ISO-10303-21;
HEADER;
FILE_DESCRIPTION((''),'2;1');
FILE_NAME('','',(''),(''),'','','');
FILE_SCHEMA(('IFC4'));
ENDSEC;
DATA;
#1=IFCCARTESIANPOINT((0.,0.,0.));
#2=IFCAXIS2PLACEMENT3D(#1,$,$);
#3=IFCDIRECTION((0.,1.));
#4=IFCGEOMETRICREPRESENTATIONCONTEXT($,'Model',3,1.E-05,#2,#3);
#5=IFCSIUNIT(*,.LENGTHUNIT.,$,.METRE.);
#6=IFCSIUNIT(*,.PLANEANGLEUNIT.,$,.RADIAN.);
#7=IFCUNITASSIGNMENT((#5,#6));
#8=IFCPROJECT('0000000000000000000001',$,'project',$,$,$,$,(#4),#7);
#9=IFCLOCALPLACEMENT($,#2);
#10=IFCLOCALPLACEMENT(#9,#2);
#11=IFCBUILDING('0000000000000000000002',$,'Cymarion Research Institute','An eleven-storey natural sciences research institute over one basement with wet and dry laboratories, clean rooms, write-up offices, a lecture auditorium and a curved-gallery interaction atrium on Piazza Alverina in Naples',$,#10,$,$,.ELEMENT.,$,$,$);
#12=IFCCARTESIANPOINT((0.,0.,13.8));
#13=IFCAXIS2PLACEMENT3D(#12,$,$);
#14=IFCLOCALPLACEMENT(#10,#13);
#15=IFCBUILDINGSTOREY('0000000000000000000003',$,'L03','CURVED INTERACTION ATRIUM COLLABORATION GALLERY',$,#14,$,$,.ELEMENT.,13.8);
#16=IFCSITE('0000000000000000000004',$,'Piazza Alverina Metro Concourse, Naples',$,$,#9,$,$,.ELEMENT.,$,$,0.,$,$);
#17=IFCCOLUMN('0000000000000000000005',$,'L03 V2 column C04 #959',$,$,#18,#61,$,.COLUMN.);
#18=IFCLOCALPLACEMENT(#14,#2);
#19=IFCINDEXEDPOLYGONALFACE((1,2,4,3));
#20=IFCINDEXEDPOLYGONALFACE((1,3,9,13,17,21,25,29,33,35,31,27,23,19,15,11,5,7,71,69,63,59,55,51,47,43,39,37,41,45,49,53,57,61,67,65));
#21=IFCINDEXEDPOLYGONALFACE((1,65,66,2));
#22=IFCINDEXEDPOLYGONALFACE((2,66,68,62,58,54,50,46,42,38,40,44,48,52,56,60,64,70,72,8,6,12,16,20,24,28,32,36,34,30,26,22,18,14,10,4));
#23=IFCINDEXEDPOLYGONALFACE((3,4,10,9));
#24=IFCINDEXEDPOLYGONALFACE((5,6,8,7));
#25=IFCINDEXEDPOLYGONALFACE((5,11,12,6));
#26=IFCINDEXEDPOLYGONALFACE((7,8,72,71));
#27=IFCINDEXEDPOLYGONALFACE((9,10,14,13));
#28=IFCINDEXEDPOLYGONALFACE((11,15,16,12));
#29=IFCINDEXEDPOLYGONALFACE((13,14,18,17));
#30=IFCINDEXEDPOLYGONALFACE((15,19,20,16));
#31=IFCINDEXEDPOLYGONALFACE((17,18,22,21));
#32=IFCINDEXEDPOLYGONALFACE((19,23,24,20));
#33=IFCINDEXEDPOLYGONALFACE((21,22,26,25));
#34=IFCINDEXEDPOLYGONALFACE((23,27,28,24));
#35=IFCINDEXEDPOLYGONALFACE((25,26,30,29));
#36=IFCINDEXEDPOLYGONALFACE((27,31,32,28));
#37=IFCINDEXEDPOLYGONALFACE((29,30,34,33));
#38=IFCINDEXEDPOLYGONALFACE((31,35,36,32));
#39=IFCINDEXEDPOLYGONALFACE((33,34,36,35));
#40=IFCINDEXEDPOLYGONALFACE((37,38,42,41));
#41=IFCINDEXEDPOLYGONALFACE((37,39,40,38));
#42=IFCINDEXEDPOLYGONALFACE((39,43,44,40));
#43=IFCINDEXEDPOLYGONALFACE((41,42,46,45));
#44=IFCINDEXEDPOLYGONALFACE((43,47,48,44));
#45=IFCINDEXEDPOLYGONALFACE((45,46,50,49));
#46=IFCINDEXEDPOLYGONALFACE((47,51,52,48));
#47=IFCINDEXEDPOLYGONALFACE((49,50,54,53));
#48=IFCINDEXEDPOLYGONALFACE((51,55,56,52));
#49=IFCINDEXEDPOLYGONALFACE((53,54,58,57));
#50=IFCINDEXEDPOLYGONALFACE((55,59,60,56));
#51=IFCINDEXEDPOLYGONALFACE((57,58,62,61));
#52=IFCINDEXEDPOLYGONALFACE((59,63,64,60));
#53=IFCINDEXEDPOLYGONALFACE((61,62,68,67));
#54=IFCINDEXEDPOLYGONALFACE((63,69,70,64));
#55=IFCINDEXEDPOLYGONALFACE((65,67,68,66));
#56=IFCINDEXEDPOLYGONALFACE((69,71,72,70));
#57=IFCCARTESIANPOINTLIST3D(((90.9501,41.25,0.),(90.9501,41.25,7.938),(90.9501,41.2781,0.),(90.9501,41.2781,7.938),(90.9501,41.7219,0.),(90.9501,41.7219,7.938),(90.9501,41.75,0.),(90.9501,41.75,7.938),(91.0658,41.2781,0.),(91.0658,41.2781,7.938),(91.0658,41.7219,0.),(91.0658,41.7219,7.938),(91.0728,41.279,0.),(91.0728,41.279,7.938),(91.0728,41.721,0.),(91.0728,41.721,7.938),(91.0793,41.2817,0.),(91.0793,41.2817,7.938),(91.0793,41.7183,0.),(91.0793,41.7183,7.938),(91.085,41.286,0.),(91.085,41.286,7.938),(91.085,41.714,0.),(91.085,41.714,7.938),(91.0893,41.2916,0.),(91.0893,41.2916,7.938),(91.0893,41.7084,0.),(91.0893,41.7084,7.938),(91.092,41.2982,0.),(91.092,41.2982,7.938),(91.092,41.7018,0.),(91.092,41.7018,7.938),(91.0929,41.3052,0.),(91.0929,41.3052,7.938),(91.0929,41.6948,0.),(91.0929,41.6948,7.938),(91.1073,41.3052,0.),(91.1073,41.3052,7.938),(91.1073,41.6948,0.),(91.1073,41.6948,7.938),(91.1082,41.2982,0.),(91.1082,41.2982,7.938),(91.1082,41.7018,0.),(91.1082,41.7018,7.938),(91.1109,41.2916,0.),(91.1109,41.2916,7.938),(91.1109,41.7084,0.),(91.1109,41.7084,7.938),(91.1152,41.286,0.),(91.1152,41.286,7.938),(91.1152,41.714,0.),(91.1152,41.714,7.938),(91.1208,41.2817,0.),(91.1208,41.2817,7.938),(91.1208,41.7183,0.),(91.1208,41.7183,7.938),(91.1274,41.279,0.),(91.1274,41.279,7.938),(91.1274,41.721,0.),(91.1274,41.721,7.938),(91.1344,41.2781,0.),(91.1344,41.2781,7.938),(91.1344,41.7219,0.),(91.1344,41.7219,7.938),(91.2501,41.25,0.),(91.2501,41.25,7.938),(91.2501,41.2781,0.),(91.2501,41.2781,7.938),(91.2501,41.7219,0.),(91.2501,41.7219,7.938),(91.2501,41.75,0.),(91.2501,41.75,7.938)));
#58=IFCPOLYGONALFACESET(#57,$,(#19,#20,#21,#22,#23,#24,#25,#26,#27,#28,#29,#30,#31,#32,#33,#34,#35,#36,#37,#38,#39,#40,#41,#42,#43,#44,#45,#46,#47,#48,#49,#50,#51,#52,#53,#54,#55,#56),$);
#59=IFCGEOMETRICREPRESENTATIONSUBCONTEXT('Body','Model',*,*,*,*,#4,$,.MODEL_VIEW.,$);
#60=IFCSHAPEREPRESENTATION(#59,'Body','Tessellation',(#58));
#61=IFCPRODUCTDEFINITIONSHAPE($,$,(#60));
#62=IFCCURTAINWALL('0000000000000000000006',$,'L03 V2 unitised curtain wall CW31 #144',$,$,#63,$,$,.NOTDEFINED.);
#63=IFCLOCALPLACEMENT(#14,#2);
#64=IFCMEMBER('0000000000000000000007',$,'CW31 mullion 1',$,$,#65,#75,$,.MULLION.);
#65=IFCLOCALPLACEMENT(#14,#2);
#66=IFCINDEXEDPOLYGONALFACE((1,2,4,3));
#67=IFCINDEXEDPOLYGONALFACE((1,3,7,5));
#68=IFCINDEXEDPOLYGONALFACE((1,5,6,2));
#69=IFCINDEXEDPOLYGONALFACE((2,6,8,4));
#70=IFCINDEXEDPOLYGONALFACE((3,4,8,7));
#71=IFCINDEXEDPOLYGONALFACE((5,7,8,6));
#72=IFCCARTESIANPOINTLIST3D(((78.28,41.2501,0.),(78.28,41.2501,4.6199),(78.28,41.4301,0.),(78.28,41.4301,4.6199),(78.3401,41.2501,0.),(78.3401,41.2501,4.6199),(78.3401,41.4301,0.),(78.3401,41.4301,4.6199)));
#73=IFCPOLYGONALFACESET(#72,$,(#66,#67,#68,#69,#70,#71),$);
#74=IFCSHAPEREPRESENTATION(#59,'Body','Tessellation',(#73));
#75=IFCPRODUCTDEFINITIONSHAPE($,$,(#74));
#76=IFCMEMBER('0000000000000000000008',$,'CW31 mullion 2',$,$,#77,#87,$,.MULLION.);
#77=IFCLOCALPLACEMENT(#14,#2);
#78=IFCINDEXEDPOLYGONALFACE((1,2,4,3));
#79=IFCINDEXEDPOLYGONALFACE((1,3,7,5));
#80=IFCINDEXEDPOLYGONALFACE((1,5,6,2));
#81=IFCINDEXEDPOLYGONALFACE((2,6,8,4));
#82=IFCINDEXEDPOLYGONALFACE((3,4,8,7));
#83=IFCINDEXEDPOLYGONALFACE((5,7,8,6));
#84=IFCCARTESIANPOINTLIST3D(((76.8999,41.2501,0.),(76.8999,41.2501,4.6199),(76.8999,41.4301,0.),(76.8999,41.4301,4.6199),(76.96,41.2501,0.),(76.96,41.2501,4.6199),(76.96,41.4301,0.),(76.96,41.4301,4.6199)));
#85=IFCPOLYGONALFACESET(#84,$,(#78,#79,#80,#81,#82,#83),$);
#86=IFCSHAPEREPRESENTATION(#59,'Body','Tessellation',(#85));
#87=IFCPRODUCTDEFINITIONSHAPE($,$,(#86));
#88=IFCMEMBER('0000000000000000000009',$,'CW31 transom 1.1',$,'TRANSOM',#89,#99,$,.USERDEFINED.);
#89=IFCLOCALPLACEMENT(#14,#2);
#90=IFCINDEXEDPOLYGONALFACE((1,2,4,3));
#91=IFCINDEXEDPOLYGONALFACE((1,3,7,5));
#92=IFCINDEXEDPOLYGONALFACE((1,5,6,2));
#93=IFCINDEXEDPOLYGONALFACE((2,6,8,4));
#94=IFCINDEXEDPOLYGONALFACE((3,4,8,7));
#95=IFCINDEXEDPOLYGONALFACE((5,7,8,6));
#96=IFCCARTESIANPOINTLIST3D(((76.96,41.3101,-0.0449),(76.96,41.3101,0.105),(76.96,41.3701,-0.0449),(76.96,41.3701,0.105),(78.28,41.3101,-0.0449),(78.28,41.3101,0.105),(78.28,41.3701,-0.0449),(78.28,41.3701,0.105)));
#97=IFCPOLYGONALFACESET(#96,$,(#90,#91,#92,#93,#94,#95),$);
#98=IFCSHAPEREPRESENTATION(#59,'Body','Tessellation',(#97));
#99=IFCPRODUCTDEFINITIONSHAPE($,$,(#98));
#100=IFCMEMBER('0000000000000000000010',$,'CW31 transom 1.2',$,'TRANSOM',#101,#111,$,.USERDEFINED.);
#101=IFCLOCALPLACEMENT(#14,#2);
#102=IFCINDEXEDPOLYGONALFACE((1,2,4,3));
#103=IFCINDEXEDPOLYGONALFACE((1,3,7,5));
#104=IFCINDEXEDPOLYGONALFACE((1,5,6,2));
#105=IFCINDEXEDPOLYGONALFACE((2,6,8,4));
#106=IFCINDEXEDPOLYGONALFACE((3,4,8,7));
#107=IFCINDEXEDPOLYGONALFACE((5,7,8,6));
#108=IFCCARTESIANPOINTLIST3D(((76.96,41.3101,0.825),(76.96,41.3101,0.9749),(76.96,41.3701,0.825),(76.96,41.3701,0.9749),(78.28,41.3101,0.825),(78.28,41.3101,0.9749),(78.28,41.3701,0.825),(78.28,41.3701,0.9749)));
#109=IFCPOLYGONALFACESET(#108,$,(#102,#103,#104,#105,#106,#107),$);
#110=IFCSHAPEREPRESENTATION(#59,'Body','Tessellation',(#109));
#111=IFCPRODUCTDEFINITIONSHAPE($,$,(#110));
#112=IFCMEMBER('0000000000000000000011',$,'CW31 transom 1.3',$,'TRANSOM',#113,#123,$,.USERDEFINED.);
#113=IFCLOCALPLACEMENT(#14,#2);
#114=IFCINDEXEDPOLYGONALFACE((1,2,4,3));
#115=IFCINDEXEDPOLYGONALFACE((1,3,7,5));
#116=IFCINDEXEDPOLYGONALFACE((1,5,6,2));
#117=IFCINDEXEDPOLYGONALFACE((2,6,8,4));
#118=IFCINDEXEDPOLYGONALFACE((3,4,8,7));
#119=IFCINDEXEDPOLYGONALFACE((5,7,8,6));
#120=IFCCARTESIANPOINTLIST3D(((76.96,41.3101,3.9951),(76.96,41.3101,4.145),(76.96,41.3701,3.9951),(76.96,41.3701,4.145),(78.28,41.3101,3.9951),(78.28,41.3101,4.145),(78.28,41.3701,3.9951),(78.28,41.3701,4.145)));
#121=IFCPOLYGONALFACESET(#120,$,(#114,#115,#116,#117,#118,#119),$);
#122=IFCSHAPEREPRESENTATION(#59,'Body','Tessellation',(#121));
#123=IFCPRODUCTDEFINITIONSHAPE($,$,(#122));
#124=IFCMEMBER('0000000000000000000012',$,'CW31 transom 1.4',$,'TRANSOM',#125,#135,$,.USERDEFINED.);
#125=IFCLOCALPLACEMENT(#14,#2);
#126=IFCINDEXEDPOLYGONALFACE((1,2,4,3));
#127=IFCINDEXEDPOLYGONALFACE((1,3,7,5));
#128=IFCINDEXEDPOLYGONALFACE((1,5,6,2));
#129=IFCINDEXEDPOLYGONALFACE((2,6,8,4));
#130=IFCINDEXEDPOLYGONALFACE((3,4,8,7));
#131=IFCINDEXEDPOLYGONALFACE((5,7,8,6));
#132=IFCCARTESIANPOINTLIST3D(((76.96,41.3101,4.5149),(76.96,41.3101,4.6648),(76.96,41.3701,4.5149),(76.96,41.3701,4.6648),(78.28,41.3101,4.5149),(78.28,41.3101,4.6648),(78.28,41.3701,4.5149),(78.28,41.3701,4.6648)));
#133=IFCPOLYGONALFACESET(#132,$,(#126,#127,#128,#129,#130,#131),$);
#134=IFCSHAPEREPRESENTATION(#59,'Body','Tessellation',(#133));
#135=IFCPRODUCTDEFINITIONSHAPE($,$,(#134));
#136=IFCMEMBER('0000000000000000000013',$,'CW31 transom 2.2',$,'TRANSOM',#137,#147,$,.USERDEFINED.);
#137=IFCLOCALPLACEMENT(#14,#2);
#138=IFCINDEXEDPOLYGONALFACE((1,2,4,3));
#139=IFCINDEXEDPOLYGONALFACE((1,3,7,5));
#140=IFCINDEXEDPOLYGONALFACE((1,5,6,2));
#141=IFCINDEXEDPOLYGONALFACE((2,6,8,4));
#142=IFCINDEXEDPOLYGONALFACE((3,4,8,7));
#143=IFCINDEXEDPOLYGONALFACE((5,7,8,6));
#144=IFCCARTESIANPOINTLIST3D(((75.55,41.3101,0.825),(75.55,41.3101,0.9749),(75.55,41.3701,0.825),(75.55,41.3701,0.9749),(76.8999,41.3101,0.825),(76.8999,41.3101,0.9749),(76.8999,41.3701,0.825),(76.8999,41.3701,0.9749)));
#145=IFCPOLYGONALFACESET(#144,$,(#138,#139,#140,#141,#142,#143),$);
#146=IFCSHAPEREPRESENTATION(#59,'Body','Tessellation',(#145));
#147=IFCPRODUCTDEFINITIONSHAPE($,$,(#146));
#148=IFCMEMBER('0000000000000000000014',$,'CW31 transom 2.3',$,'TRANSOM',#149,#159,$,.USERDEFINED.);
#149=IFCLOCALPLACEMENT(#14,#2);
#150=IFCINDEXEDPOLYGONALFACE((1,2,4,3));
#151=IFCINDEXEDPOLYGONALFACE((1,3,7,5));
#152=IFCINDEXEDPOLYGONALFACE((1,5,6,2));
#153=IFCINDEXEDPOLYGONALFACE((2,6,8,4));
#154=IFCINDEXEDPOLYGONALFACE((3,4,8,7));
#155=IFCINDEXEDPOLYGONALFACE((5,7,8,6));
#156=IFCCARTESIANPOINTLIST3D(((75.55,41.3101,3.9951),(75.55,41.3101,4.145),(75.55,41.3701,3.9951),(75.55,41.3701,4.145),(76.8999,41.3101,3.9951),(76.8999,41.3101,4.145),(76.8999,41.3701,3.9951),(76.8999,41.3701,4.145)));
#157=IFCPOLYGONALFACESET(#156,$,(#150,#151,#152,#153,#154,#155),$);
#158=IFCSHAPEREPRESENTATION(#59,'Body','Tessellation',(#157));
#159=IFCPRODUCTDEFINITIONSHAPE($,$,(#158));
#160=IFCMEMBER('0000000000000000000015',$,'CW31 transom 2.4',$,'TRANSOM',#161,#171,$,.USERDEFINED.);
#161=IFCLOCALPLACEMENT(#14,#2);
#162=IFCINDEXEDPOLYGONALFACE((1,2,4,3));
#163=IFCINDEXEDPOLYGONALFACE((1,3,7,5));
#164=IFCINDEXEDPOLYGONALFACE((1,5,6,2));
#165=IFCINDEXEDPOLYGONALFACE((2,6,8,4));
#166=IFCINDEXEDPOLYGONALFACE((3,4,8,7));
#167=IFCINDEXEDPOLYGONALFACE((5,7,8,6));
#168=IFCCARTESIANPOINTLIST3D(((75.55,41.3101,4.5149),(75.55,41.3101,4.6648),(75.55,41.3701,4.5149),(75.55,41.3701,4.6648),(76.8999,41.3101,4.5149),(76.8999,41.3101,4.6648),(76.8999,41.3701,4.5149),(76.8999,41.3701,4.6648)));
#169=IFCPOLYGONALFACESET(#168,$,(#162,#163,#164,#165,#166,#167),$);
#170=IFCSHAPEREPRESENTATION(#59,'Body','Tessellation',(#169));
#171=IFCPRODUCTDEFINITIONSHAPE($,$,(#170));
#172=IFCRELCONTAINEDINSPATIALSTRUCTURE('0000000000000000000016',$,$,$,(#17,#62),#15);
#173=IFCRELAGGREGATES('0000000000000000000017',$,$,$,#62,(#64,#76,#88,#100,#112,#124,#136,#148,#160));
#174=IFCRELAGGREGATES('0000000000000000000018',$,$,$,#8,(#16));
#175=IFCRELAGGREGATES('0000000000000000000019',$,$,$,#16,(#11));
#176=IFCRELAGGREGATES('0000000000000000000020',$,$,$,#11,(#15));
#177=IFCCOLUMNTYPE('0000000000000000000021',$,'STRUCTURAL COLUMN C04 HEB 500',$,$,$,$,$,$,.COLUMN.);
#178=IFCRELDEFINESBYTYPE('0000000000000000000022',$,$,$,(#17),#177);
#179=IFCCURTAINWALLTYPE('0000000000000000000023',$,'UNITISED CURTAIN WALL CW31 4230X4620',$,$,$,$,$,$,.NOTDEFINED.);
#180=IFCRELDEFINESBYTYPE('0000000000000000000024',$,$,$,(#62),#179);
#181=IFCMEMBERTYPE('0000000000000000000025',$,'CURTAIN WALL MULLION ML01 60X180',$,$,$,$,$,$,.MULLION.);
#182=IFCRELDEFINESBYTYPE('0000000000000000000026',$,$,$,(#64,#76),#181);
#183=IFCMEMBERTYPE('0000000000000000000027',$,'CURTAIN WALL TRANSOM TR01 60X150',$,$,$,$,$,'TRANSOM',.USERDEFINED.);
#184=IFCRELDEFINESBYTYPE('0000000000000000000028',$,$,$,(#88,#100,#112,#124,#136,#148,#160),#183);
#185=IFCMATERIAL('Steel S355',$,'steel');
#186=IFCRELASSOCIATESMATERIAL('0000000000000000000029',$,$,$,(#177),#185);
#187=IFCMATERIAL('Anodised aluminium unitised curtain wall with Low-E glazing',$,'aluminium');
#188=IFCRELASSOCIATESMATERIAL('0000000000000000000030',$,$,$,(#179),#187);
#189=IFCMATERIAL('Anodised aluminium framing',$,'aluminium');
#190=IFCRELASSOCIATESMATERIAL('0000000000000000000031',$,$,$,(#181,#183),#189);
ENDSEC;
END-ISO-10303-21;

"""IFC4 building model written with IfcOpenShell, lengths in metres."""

from ifc_helpers import new_model, si_unit, direction, frame, origin, origin_2d, place, context, subcontext, project, spatial, rectangle, i_section, extrude, material, material_profile, profile_set, type_object, element, aggregate, save


model = new_model("IFC4")

# Units and contexts
model_context = context("Model", 3, precision=1e-05, world=origin(), true_north=direction((0.0, 1.0)))
body_context = subcontext(model_context, "Body", "Model", "MODEL_VIEW")
ifc_project = project(units=[si_unit("LENGTHUNIT", "METRE"), si_unit("PLANEANGLEUNIT", "RADIAN")], contexts=[model_context])

# Site, building, storey
site_placement = place(None, origin())
site = spatial("IfcSite", under=ifc_project, at=site_placement, Name="Piazza Alverina Metro Concourse, Naples", CompositionType="ELEMENT", RefElevation=0.0)
building_placement = place(site_placement, origin())
building = spatial("IfcBuilding", under=site, at=building_placement, Name="Cymarion Research Institute", Description="An eleven-storey natural sciences research institute over one basement with wet and dry laboratories, clean rooms, write-up offices, a lecture auditorium and a curved-gallery interaction atrium on Piazza Alverina in Naples", CompositionType="ELEMENT")
storey_placement = place(building_placement, frame((0.0, 0.0, 13.8)))
storey = spatial("IfcBuildingStorey", under=building, at=storey_placement, Name="L03", Description="CURVED INTERACTION ATRIUM COLLABORATION GALLERY", CompositionType="ELEMENT", Elevation=13.8)

# Column
ifc_material_1 = material(Name="Steel S355", Category="steel")
ifc_material_profile_1 = material_profile(ifc_material_1, i_section(OverallWidth=0.3, OverallDepth=0.5, WebThickness=0.0144, FlangeThickness=0.0281, FilletRadius=0.0271, at=origin_2d()), Name="HEB 500")
ifc_profile_set_1 = profile_set([ifc_material_profile_1], Name="Steel S355")
column_type = type_object("IfcColumnType", Name="STRUCTURAL COLUMN C04 HEB 500", PredefinedType="COLUMN", material=ifc_profile_set_1)
column_1_placement = place(storey_placement, frame((91.1001, 41.5, 0.0), z_axis=(0.0, 0.0, 1.0), x_axis=(1.0, 0.0, 0.0)))
element("IfcColumn", 1, at=column_1_placement, inside=storey, type_object=column_type, Name="L03 V2 column C04 #959", PredefinedType="COLUMN", context=body_context, shape_type="SweptSolid", body=[
    extrude(i_section(OverallWidth=0.3, OverallDepth=0.5, WebThickness=0.0144, FlangeThickness=0.0281, FilletRadius=0.0271, at=origin_2d()), origin(), (0.0, 0.0, 1.0), 7.938),
])

# Curtain wall, members
ifc_material_2 = material(Name="Anodised aluminium unitised curtain wall with Low-E glazing", Category="aluminium")
curtain_wall_type = type_object("IfcCurtainWallType", Name="UNITISED CURTAIN WALL CW31 4230X4620", PredefinedType="NOTDEFINED", material=ifc_material_2)
curtain_wall_placement = place(storey_placement, origin())
curtain_wall = element("IfcCurtainWall", 2, at=curtain_wall_placement, inside=storey, type_object=curtain_wall_type, Name="L03 V2 unitised curtain wall CW31 #144", PredefinedType="NOTDEFINED")
ifc_material_3 = material(Name="Anodised aluminium framing", Category="aluminium")
ifc_material_profile_2 = material_profile(ifc_material_3, rectangle(XDim=0.0601, YDim=0.1799, at=origin_2d()), Name="ALU MULLION 60x180")
ifc_profile_set_2 = profile_set([ifc_material_profile_2], Name="Anodised aluminium framing")
member_type_1 = type_object("IfcMemberType", Name="CURTAIN WALL MULLION ML01 60X180", PredefinedType="MULLION", material=ifc_profile_set_2)
member_1_placement = place(storey_placement, frame((78.3101, 41.3401, 0.0), z_axis=(0.0, 0.0, 1.0), x_axis=(-1.0, 0.0, 0.0)))
member_1 = element("IfcMember", 3, at=member_1_placement, type_object=member_type_1, Name="CW31 mullion 1", PredefinedType="MULLION", context=body_context, shape_type="SweptSolid", body=[
    extrude(rectangle(XDim=0.0601, YDim=0.1799, at=origin_2d()), origin(), (0.0, 0.0, 1.0), 4.6199),
])
member_2_placement = place(storey_placement, frame((76.9299, 41.3401, 0.0), z_axis=(0.0, 0.0, 1.0), x_axis=(-1.0, 0.0, 0.0)))
member_2 = element("IfcMember", 4, at=member_2_placement, type_object=member_type_1, Name="CW31 mullion 2", PredefinedType="MULLION", context=body_context, shape_type="SweptSolid", body=[
    extrude(rectangle(XDim=0.0601, YDim=0.1799, at=origin_2d()), origin(), (0.0, 0.0, 1.0), 4.6199),
])
ifc_material_profile_3 = material_profile(ifc_material_3, rectangle(XDim=0.0601, YDim=0.1499, at=origin_2d()), Name="ALU TRANSOM 60x150")
ifc_profile_set_3 = profile_set([ifc_material_profile_3], Name="Anodised aluminium framing")
member_type_2 = type_object("IfcMemberType", Name="CURTAIN WALL TRANSOM TR01 60X150", ElementType="TRANSOM", PredefinedType="USERDEFINED", material=ifc_profile_set_3)
member_3_placement = place(storey_placement, frame((78.28, 41.3401, 0.03), z_axis=(-1.0, 0.0, 0.0), x_axis=(0.0, -1.0, 0.0)))
member_3 = element("IfcMember", 5, at=member_3_placement, type_object=member_type_2, Name="CW31 transom 1.1", ObjectType="TRANSOM", PredefinedType="USERDEFINED", context=body_context, shape_type="SweptSolid", body=[
    extrude(rectangle(XDim=0.0601, YDim=0.1499, at=origin_2d()), origin(), (0.0, 0.0, 1.0), 1.3201),
])
member_4_placement = place(storey_placement, frame((78.28, 41.3401, 0.8999), z_axis=(-1.0, 0.0, 0.0), x_axis=(0.0, -1.0, 0.0)))
member_4 = element("IfcMember", 6, at=member_4_placement, type_object=member_type_2, Name="CW31 transom 1.2", ObjectType="TRANSOM", PredefinedType="USERDEFINED", context=body_context, shape_type="SweptSolid", body=[
    extrude(rectangle(XDim=0.0601, YDim=0.1499, at=origin_2d()), origin(), (0.0, 0.0, 1.0), 1.3201),
])
member_5_placement = place(storey_placement, frame((78.28, 41.3401, 4.0701), z_axis=(-1.0, 0.0, 0.0), x_axis=(0.0, -1.0, 0.0)))
member_5 = element("IfcMember", 7, at=member_5_placement, type_object=member_type_2, Name="CW31 transom 1.3", ObjectType="TRANSOM", PredefinedType="USERDEFINED", context=body_context, shape_type="SweptSolid", body=[
    extrude(rectangle(XDim=0.0601, YDim=0.1499, at=origin_2d()), origin(), (0.0, 0.0, 1.0), 1.3201),
])
member_6_placement = place(storey_placement, frame((78.28, 41.3401, 4.5898), z_axis=(-1.0, 0.0, 0.0), x_axis=(0.0, -1.0, 0.0)))
member_6 = element("IfcMember", 8, at=member_6_placement, type_object=member_type_2, Name="CW31 transom 1.4", ObjectType="TRANSOM", PredefinedType="USERDEFINED", context=body_context, shape_type="SweptSolid", body=[
    extrude(rectangle(XDim=0.0601, YDim=0.1499, at=origin_2d()), origin(), (0.0, 0.0, 1.0), 1.3201),
])
member_7_placement = place(storey_placement, frame((76.8999, 41.3401, 0.8999), z_axis=(-1.0, 0.0, 0.0), x_axis=(0.0, -1.0, 0.0)))
member_7 = element("IfcMember", 9, at=member_7_placement, type_object=member_type_2, Name="CW31 transom 2.2", ObjectType="TRANSOM", PredefinedType="USERDEFINED", context=body_context, shape_type="SweptSolid", body=[
    extrude(rectangle(XDim=0.0601, YDim=0.1499, at=origin_2d()), origin(), (0.0, 0.0, 1.0), 1.3499),
])
member_8_placement = place(storey_placement, frame((76.8999, 41.3401, 4.0701), z_axis=(-1.0, 0.0, 0.0), x_axis=(0.0, -1.0, 0.0)))
member_8 = element("IfcMember", 10, at=member_8_placement, type_object=member_type_2, Name="CW31 transom 2.3", ObjectType="TRANSOM", PredefinedType="USERDEFINED", context=body_context, shape_type="SweptSolid", body=[
    extrude(rectangle(XDim=0.0601, YDim=0.1499, at=origin_2d()), origin(), (0.0, 0.0, 1.0), 1.3499),
])
member_9_placement = place(storey_placement, frame((76.8999, 41.3401, 4.5898), z_axis=(-1.0, 0.0, 0.0), x_axis=(0.0, -1.0, 0.0)))
member_9 = element("IfcMember", 11, at=member_9_placement, type_object=member_type_2, Name="CW31 transom 2.4", ObjectType="TRANSOM", PredefinedType="USERDEFINED", context=body_context, shape_type="SweptSolid", body=[
    extrude(rectangle(XDim=0.0601, YDim=0.1499, at=origin_2d()), origin(), (0.0, 0.0, 1.0), 1.3499),
])

aggregate(curtain_wall, [member_1, member_2, member_3, member_4, member_5, member_6, member_7, member_8, member_9])

save(model, "model.ifc")
